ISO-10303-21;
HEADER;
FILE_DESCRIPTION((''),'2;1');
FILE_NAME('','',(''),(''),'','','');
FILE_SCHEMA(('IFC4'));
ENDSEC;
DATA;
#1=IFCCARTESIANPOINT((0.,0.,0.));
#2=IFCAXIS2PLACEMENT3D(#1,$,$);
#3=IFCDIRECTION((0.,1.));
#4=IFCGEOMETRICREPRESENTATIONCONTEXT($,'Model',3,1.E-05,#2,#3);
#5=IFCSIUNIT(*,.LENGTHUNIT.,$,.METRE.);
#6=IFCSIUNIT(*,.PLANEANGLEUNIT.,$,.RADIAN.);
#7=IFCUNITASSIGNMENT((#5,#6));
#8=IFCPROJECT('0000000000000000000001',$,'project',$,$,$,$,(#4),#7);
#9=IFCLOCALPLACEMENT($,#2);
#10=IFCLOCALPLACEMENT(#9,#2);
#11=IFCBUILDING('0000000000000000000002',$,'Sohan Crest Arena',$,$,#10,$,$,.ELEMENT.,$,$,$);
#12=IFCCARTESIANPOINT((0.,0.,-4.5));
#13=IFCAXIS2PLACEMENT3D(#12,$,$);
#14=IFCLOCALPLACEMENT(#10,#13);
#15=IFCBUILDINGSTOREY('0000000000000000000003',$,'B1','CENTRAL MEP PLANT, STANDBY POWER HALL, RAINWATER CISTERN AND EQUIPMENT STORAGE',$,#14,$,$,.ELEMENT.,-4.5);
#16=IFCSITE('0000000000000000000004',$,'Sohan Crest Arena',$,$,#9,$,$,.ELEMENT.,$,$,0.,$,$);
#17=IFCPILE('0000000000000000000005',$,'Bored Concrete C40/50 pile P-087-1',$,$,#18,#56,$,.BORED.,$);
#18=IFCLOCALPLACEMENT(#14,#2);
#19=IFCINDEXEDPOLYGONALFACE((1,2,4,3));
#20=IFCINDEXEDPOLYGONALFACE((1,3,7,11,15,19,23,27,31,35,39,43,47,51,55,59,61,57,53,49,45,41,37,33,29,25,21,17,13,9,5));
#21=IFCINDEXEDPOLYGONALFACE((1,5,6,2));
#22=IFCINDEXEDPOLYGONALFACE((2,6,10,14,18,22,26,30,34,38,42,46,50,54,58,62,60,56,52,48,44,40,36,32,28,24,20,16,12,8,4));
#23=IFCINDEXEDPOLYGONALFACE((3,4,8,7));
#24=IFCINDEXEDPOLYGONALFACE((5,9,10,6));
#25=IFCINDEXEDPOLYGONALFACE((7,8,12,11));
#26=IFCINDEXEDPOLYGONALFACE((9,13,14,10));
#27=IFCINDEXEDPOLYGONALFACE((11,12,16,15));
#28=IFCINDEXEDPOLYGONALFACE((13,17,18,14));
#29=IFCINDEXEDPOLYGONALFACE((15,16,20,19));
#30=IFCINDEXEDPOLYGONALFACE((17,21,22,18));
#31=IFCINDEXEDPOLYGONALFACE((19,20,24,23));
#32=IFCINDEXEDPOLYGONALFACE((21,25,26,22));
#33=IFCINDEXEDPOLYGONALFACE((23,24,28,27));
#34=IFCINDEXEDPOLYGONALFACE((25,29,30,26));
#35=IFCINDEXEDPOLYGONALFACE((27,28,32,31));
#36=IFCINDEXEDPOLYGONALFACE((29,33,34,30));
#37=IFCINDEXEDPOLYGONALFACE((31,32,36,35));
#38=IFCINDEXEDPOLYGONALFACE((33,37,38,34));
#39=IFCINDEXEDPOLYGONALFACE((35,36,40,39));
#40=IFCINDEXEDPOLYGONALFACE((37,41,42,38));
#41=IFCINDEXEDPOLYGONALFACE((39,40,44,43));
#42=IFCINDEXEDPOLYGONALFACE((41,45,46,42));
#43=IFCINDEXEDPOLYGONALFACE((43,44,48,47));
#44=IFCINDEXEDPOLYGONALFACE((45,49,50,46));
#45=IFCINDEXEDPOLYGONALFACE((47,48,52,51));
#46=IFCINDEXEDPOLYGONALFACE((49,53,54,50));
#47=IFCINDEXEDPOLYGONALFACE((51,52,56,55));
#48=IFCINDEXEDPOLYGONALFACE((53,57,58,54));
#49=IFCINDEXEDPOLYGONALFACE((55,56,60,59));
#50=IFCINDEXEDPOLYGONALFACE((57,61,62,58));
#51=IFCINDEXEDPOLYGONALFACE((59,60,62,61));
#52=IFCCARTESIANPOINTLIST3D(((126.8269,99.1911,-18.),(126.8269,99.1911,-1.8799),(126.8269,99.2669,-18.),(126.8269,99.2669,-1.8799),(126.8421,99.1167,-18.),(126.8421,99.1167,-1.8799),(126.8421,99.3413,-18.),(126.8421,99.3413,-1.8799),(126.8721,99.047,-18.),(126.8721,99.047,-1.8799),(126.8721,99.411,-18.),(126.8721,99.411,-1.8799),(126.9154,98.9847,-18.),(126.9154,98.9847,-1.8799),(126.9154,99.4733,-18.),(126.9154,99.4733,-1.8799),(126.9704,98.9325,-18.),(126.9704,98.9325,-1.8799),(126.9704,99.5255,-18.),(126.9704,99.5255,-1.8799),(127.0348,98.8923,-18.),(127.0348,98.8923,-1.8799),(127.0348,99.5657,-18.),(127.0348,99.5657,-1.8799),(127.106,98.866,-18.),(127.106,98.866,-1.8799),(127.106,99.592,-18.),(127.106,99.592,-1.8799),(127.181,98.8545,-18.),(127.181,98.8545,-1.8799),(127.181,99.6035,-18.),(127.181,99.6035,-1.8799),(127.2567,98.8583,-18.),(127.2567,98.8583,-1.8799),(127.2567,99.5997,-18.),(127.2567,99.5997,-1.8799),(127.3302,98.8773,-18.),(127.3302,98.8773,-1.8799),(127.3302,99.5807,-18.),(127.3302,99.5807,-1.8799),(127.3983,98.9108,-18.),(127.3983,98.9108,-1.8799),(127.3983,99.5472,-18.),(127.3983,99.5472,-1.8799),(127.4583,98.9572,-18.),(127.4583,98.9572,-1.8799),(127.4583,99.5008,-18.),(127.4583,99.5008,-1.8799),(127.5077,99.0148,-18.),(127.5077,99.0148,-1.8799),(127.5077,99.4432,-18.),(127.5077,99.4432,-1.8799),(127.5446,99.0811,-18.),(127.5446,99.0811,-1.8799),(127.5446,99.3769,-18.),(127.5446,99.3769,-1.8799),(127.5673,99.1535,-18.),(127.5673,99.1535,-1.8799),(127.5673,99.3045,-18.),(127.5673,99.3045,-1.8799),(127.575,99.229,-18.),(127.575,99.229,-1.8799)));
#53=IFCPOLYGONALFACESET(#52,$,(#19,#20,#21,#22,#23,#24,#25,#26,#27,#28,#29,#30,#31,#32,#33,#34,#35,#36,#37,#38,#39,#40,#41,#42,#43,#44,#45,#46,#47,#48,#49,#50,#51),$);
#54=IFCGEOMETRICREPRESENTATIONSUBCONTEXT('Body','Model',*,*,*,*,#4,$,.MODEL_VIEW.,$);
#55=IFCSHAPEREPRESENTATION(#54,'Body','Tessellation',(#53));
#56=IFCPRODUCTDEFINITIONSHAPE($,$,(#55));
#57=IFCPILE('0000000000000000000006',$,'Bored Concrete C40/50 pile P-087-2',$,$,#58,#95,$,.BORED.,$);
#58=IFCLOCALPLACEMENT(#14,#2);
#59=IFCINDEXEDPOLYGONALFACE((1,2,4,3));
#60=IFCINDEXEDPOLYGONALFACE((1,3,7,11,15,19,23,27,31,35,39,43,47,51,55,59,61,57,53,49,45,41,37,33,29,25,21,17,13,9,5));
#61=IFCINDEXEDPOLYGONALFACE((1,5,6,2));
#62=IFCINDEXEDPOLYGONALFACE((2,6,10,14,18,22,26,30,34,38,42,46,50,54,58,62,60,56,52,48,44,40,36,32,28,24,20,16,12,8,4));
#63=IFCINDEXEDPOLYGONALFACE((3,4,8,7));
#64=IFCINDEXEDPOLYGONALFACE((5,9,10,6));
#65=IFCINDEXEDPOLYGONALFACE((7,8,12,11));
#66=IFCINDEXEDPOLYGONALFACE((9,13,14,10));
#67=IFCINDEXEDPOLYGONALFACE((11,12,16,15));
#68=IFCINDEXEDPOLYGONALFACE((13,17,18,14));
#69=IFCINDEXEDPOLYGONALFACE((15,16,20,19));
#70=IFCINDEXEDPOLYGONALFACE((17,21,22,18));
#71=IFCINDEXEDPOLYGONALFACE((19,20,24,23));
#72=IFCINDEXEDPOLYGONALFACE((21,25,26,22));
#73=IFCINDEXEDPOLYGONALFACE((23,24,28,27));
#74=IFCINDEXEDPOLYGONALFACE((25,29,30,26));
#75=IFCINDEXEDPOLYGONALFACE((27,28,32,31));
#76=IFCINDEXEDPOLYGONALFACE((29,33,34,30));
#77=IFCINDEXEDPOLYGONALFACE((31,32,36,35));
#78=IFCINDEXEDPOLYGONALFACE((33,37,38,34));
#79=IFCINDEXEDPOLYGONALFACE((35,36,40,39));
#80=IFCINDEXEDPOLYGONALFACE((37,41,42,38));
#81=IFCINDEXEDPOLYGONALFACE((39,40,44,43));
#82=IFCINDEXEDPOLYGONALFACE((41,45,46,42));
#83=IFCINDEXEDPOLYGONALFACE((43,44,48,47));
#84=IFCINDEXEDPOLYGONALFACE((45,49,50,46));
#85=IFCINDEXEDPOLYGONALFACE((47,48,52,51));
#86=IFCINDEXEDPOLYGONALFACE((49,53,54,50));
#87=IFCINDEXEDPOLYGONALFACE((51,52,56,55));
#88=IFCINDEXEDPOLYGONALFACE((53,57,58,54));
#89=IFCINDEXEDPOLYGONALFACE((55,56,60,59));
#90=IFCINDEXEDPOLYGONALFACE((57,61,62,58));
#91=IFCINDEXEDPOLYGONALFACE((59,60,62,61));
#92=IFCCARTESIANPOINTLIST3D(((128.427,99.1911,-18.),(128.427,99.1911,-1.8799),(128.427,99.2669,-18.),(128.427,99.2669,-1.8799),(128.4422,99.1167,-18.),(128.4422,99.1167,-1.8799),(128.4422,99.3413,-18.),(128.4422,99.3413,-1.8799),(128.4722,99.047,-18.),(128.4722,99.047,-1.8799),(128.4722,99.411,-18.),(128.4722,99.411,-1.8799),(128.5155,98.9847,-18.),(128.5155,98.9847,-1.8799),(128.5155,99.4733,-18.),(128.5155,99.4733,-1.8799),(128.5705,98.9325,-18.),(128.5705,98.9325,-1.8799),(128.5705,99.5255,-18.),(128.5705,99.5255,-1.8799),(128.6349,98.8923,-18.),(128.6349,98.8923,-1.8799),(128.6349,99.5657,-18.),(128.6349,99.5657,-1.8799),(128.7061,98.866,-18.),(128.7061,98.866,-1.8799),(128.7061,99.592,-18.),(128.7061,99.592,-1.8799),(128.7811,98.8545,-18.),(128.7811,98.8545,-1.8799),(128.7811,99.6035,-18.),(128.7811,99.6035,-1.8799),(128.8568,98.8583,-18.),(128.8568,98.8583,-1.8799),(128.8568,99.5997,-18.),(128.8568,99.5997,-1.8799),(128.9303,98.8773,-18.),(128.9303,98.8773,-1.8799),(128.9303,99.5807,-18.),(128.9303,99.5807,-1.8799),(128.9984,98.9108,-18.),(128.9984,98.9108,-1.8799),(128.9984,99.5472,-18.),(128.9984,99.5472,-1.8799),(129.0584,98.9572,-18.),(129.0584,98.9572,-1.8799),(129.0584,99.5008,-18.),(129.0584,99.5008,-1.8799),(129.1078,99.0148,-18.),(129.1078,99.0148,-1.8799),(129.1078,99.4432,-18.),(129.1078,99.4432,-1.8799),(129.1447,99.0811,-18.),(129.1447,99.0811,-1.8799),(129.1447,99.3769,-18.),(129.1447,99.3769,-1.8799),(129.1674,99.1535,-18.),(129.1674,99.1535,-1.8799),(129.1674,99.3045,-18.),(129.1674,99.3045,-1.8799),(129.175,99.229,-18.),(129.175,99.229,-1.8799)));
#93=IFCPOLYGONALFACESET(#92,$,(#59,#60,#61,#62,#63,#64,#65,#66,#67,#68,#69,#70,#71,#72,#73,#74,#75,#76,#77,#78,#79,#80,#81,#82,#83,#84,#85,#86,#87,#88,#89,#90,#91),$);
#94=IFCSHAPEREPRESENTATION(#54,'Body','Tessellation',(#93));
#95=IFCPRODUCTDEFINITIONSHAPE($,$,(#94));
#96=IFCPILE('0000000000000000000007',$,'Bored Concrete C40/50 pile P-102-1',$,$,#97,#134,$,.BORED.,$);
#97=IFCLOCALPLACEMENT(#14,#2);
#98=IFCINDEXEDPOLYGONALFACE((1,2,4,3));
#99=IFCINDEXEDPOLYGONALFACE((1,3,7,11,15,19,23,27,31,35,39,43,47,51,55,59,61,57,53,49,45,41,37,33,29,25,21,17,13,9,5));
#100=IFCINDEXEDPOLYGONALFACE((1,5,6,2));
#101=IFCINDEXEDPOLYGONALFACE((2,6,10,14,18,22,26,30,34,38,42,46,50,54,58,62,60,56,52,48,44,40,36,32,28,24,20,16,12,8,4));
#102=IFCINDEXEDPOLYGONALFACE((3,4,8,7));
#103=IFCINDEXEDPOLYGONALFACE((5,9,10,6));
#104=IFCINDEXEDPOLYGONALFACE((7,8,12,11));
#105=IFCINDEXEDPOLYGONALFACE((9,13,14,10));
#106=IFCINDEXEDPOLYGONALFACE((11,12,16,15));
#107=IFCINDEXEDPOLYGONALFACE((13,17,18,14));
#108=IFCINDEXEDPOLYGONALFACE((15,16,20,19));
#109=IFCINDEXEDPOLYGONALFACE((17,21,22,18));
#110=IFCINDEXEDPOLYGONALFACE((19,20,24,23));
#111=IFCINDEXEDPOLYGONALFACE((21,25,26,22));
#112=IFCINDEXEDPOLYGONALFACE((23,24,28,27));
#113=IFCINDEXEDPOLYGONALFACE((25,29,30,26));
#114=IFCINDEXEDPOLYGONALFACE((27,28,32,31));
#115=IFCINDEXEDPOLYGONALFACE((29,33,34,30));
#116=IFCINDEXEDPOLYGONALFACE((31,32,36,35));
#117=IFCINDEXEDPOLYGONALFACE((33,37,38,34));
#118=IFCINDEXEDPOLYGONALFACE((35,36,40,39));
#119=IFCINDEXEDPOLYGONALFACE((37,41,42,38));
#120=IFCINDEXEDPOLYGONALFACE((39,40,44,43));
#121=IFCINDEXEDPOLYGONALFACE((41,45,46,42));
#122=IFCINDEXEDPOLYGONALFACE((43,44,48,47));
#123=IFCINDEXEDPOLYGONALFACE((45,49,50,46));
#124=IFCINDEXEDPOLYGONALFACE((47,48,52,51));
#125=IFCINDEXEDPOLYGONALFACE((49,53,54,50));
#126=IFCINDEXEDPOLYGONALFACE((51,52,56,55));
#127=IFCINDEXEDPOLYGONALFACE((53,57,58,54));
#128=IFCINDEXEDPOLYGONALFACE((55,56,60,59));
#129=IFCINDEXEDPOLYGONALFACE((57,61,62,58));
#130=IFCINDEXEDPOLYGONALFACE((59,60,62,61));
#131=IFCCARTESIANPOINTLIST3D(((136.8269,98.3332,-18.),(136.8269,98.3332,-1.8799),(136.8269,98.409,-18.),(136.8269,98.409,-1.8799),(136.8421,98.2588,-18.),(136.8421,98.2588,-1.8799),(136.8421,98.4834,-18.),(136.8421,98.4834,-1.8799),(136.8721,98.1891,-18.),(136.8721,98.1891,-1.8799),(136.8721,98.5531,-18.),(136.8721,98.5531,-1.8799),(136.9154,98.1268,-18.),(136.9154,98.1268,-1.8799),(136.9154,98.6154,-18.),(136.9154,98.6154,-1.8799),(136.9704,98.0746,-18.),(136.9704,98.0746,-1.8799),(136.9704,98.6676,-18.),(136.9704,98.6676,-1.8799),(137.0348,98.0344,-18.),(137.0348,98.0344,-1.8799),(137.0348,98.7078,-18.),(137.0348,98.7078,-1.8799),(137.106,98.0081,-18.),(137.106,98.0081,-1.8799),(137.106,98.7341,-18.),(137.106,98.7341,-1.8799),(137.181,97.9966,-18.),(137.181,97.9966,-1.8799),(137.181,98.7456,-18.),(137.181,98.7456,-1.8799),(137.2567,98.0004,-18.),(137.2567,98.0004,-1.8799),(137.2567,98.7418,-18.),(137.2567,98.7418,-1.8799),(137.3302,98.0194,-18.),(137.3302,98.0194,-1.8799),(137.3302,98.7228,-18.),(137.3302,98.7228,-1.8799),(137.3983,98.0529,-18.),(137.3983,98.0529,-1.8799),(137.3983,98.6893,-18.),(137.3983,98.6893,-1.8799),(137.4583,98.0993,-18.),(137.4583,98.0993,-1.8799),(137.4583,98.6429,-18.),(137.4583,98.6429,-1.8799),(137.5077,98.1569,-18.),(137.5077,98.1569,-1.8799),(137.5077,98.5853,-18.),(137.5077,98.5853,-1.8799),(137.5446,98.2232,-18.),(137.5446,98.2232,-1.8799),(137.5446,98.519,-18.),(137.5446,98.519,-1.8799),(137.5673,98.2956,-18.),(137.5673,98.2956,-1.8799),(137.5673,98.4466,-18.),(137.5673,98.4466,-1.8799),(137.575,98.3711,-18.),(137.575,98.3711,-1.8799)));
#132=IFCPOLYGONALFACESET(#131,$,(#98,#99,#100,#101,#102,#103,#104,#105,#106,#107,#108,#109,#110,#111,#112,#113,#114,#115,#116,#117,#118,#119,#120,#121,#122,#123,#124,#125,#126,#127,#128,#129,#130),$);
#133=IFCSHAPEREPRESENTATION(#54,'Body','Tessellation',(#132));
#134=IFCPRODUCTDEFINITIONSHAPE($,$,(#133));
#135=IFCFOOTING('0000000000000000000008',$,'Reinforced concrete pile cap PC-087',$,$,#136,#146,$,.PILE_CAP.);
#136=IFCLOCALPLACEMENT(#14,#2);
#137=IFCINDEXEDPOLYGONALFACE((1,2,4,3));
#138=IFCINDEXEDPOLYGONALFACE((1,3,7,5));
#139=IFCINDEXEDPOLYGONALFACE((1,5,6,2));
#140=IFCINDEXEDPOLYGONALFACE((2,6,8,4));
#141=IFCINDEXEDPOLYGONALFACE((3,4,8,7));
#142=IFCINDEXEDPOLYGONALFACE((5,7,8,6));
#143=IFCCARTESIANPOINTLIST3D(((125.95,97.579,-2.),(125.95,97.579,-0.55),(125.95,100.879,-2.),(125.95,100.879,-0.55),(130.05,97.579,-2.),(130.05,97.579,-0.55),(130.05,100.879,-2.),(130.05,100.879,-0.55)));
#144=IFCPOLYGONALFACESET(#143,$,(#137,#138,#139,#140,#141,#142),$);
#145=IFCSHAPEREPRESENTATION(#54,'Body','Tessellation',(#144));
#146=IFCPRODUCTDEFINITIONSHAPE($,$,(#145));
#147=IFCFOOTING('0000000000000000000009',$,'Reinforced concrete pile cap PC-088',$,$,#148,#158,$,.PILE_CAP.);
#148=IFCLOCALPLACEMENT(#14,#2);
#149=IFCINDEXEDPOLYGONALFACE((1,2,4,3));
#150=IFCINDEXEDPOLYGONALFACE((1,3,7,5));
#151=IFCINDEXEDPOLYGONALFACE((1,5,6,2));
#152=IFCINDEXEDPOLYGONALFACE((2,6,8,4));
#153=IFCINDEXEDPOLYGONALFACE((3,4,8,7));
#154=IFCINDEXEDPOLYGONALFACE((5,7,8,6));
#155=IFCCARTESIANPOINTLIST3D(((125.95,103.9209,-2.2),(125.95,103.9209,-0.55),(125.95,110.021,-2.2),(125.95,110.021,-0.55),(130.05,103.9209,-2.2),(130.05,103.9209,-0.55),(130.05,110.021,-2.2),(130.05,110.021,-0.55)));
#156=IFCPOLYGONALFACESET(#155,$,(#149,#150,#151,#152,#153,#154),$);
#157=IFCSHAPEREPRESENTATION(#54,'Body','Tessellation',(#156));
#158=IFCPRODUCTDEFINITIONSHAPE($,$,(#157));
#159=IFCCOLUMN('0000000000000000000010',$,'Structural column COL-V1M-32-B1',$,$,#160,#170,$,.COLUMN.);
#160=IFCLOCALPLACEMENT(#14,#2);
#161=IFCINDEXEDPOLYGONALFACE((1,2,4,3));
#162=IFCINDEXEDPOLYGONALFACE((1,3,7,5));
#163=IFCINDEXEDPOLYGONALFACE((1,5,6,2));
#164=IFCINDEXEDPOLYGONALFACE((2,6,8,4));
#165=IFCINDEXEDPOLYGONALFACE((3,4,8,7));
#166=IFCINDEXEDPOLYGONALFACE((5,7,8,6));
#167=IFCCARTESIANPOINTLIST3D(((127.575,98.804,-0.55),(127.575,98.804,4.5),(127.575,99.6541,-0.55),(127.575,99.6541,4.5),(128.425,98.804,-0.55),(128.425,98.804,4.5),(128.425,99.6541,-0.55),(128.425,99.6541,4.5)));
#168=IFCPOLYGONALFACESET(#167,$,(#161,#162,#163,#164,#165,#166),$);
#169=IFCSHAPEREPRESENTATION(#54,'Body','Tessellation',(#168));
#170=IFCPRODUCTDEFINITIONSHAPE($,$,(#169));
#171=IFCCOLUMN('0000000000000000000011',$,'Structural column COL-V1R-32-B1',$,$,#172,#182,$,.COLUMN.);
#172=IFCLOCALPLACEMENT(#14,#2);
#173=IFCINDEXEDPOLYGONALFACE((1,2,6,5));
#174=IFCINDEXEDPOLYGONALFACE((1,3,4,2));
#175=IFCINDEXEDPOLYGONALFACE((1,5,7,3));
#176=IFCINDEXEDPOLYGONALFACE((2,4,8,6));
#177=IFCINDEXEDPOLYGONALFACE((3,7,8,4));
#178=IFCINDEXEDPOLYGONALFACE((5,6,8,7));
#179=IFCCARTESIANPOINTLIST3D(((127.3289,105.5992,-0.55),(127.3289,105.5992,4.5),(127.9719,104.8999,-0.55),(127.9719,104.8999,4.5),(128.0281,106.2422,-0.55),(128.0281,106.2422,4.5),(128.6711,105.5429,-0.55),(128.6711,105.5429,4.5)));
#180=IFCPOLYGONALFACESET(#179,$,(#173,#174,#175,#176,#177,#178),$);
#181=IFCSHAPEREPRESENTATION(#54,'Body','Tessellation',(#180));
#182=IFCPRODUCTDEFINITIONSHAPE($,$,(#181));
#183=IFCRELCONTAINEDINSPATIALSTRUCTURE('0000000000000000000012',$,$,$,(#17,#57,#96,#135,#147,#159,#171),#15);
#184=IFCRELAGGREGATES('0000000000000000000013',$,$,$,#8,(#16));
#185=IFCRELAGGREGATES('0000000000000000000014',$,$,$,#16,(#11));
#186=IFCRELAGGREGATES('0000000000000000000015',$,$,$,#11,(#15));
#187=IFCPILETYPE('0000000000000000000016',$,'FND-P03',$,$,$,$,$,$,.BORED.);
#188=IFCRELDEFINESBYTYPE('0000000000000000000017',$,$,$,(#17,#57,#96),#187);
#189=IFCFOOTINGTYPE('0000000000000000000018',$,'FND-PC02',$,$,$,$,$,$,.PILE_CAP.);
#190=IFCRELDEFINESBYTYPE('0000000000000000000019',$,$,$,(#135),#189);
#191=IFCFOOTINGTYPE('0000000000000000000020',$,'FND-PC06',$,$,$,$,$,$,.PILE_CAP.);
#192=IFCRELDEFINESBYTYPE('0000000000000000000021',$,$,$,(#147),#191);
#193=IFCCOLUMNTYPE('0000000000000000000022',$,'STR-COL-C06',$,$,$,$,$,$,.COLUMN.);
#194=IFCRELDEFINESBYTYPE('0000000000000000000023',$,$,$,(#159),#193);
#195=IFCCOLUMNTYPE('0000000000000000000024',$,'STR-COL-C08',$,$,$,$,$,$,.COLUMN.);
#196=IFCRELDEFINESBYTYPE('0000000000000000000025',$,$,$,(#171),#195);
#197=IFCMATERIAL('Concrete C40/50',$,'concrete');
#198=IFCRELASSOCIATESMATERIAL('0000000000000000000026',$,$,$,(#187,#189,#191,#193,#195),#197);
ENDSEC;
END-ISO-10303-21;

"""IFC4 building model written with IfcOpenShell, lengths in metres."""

from ifc_helpers import new_model, si_unit, direction, frame, origin, origin_2d, place, context, subcontext, project, spatial, rectangle, circle, extrude, material, material_profile, profile_set, type_object, element, save


model = new_model("IFC4")

# Units and contexts
model_context = context("Model", 3, precision=1e-05, world=origin(), true_north=direction((0.0, 1.0)))
body_context = subcontext(model_context, "Body", "Model", "MODEL_VIEW")
ifc_project = project(units=[si_unit("LENGTHUNIT", "METRE"), si_unit("PLANEANGLEUNIT", "RADIAN")], contexts=[model_context])

# Site, building, storey
site_placement = place(None, origin())
site = spatial("IfcSite", under=ifc_project, at=site_placement, Name="Sohan Crest Arena", CompositionType="ELEMENT", RefElevation=0.0)
building_placement = place(site_placement, origin())
building = spatial("IfcBuilding", under=site, at=building_placement, Name="Sohan Crest Arena", CompositionType="ELEMENT")
storey_placement = place(building_placement, frame((0.0, 0.0, -4.5)))
storey = spatial("IfcBuildingStorey", under=building, at=storey_placement, Name="B1", Description="CENTRAL MEP PLANT, STANDBY POWER HALL, RAINWATER CISTERN AND EQUIPMENT STORAGE", CompositionType="ELEMENT", Elevation=-4.5)

# Shared definitions
ifc_material_1 = material(Name="Concrete C40/50", Category="concrete")

# Piles
ifc_material_profile_1 = material_profile(ifc_material_1, circle(Radius=0.375, at=origin_2d()), Name="PILE D750")
ifc_profile_set_1 = profile_set([ifc_material_profile_1], Name="Concrete C40/50")
pile_type_1 = type_object("IfcPileType", Name="FND-P03", PredefinedType="BORED", material=ifc_profile_set_1)
for number, where, z_axis, x_axis, name in (
    (1, (127.2, 99.229, -18.0), (0.0, 0.0, 1.0), (1.0, 0.0, 0.0), "Bored Concrete C40/50 pile P-087-1"),
    (2, (128.8, 99.229, -18.0), (0.0, 0.0, 1.0), (1.0, 0.0, 0.0), "Bored Concrete C40/50 pile P-087-2"),
    (3, (137.2, 98.3711, -18.0), (0.0, 0.0, 1.0), (1.0, 0.0, 0.0), "Bored Concrete C40/50 pile P-102-1"),
):
    element("IfcPile", number, at=place(storey_placement, frame(where, z_axis=z_axis, x_axis=x_axis)), inside=storey, type_object=pile_type_1, Name=name, PredefinedType="BORED", context=body_context, shape_type="SweptSolid", body=[
        extrude(circle(Radius=0.375, at=origin_2d()), origin(), (0.0, 0.0, 1.0), 16.1201),
    ])

# Footings
footing_type_1 = type_object("IfcFootingType", Name="FND-PC02", PredefinedType="PILE_CAP", material=ifc_material_1)
footing_1_placement = place(storey_placement, frame((128.0, 99.229, -2.0), z_axis=(0.0, 0.0, 1.0), x_axis=(1.0, 0.0, 0.0)))
element("IfcFooting", 4, at=footing_1_placement, inside=storey, type_object=footing_type_1, Name="Reinforced concrete pile cap PC-087", PredefinedType="PILE_CAP", context=body_context, shape_type="SweptSolid", body=[
    extrude(rectangle(XDim=4.1001, YDim=3.3, at=origin_2d()), origin(), (0.0, 0.0, 1.0), 1.45),
])
footing_type_2 = type_object("IfcFootingType", Name="FND-PC06", PredefinedType="PILE_CAP", material=ifc_material_1)
footing_2_placement = place(storey_placement, frame((128.0, 106.9709, -2.2), z_axis=(0.0, 0.0, 1.0), x_axis=(0.0, 1.0, 0.0)))
element("IfcFooting", 5, at=footing_2_placement, inside=storey, type_object=footing_type_2, Name="Reinforced concrete pile cap PC-088", PredefinedType="PILE_CAP", context=body_context, shape_type="SweptSolid", body=[
    extrude(rectangle(XDim=6.1001, YDim=4.1001, at=origin_2d()), origin(), (0.0, 0.0, 1.0), 1.6499),
])

# Columns
ifc_material_profile_2 = material_profile(ifc_material_1, rectangle(XDim=0.8501, YDim=0.8501, at=origin_2d()), Name="RC 850x850")
ifc_profile_set_2 = profile_set([ifc_material_profile_2], Name="Concrete C40/50")
column_type_1 = type_object("IfcColumnType", Name="STR-COL-C06", PredefinedType="COLUMN", material=ifc_profile_set_2)
column_1_placement = place(storey_placement, frame((128.0, 99.229, -0.55), z_axis=(0.0, 0.0, 1.0), x_axis=(1.0, 0.0, 0.0)))
element("IfcColumn", 6, at=column_1_placement, inside=storey, type_object=column_type_1, Name="Structural column COL-V1M-32-B1", PredefinedType="COLUMN", context=body_context, shape_type="SweptSolid", body=[
    extrude(rectangle(XDim=0.8501, YDim=0.8501, at=origin_2d()), origin(), (0.0, 0.0, 1.0), 5.05),
])
ifc_material_profile_3 = material_profile(ifc_material_1, rectangle(XDim=0.95, YDim=0.95, at=origin_2d()), Name="RC 950x950")
ifc_profile_set_3 = profile_set([ifc_material_profile_3], Name="Concrete C40/50")
column_type_2 = type_object("IfcColumnType", Name="STR-COL-C08", PredefinedType="COLUMN", material=ifc_profile_set_3)
column_2_placement = place(storey_placement, frame((128.0, 105.571, -0.55), z_axis=(0.0, 0.0, 1.0), x_axis=(0.736097, 0.676876, 0.0)))
element("IfcColumn", 7, at=column_2_placement, inside=storey, type_object=column_type_2, Name="Structural column COL-V1R-32-B1", PredefinedType="COLUMN", context=body_context, shape_type="SweptSolid", body=[
    extrude(rectangle(XDim=0.95, YDim=0.95, at=origin_2d()), origin(), (0.0, 0.0, 1.0), 5.05),
])

save(model, "model.ifc")
